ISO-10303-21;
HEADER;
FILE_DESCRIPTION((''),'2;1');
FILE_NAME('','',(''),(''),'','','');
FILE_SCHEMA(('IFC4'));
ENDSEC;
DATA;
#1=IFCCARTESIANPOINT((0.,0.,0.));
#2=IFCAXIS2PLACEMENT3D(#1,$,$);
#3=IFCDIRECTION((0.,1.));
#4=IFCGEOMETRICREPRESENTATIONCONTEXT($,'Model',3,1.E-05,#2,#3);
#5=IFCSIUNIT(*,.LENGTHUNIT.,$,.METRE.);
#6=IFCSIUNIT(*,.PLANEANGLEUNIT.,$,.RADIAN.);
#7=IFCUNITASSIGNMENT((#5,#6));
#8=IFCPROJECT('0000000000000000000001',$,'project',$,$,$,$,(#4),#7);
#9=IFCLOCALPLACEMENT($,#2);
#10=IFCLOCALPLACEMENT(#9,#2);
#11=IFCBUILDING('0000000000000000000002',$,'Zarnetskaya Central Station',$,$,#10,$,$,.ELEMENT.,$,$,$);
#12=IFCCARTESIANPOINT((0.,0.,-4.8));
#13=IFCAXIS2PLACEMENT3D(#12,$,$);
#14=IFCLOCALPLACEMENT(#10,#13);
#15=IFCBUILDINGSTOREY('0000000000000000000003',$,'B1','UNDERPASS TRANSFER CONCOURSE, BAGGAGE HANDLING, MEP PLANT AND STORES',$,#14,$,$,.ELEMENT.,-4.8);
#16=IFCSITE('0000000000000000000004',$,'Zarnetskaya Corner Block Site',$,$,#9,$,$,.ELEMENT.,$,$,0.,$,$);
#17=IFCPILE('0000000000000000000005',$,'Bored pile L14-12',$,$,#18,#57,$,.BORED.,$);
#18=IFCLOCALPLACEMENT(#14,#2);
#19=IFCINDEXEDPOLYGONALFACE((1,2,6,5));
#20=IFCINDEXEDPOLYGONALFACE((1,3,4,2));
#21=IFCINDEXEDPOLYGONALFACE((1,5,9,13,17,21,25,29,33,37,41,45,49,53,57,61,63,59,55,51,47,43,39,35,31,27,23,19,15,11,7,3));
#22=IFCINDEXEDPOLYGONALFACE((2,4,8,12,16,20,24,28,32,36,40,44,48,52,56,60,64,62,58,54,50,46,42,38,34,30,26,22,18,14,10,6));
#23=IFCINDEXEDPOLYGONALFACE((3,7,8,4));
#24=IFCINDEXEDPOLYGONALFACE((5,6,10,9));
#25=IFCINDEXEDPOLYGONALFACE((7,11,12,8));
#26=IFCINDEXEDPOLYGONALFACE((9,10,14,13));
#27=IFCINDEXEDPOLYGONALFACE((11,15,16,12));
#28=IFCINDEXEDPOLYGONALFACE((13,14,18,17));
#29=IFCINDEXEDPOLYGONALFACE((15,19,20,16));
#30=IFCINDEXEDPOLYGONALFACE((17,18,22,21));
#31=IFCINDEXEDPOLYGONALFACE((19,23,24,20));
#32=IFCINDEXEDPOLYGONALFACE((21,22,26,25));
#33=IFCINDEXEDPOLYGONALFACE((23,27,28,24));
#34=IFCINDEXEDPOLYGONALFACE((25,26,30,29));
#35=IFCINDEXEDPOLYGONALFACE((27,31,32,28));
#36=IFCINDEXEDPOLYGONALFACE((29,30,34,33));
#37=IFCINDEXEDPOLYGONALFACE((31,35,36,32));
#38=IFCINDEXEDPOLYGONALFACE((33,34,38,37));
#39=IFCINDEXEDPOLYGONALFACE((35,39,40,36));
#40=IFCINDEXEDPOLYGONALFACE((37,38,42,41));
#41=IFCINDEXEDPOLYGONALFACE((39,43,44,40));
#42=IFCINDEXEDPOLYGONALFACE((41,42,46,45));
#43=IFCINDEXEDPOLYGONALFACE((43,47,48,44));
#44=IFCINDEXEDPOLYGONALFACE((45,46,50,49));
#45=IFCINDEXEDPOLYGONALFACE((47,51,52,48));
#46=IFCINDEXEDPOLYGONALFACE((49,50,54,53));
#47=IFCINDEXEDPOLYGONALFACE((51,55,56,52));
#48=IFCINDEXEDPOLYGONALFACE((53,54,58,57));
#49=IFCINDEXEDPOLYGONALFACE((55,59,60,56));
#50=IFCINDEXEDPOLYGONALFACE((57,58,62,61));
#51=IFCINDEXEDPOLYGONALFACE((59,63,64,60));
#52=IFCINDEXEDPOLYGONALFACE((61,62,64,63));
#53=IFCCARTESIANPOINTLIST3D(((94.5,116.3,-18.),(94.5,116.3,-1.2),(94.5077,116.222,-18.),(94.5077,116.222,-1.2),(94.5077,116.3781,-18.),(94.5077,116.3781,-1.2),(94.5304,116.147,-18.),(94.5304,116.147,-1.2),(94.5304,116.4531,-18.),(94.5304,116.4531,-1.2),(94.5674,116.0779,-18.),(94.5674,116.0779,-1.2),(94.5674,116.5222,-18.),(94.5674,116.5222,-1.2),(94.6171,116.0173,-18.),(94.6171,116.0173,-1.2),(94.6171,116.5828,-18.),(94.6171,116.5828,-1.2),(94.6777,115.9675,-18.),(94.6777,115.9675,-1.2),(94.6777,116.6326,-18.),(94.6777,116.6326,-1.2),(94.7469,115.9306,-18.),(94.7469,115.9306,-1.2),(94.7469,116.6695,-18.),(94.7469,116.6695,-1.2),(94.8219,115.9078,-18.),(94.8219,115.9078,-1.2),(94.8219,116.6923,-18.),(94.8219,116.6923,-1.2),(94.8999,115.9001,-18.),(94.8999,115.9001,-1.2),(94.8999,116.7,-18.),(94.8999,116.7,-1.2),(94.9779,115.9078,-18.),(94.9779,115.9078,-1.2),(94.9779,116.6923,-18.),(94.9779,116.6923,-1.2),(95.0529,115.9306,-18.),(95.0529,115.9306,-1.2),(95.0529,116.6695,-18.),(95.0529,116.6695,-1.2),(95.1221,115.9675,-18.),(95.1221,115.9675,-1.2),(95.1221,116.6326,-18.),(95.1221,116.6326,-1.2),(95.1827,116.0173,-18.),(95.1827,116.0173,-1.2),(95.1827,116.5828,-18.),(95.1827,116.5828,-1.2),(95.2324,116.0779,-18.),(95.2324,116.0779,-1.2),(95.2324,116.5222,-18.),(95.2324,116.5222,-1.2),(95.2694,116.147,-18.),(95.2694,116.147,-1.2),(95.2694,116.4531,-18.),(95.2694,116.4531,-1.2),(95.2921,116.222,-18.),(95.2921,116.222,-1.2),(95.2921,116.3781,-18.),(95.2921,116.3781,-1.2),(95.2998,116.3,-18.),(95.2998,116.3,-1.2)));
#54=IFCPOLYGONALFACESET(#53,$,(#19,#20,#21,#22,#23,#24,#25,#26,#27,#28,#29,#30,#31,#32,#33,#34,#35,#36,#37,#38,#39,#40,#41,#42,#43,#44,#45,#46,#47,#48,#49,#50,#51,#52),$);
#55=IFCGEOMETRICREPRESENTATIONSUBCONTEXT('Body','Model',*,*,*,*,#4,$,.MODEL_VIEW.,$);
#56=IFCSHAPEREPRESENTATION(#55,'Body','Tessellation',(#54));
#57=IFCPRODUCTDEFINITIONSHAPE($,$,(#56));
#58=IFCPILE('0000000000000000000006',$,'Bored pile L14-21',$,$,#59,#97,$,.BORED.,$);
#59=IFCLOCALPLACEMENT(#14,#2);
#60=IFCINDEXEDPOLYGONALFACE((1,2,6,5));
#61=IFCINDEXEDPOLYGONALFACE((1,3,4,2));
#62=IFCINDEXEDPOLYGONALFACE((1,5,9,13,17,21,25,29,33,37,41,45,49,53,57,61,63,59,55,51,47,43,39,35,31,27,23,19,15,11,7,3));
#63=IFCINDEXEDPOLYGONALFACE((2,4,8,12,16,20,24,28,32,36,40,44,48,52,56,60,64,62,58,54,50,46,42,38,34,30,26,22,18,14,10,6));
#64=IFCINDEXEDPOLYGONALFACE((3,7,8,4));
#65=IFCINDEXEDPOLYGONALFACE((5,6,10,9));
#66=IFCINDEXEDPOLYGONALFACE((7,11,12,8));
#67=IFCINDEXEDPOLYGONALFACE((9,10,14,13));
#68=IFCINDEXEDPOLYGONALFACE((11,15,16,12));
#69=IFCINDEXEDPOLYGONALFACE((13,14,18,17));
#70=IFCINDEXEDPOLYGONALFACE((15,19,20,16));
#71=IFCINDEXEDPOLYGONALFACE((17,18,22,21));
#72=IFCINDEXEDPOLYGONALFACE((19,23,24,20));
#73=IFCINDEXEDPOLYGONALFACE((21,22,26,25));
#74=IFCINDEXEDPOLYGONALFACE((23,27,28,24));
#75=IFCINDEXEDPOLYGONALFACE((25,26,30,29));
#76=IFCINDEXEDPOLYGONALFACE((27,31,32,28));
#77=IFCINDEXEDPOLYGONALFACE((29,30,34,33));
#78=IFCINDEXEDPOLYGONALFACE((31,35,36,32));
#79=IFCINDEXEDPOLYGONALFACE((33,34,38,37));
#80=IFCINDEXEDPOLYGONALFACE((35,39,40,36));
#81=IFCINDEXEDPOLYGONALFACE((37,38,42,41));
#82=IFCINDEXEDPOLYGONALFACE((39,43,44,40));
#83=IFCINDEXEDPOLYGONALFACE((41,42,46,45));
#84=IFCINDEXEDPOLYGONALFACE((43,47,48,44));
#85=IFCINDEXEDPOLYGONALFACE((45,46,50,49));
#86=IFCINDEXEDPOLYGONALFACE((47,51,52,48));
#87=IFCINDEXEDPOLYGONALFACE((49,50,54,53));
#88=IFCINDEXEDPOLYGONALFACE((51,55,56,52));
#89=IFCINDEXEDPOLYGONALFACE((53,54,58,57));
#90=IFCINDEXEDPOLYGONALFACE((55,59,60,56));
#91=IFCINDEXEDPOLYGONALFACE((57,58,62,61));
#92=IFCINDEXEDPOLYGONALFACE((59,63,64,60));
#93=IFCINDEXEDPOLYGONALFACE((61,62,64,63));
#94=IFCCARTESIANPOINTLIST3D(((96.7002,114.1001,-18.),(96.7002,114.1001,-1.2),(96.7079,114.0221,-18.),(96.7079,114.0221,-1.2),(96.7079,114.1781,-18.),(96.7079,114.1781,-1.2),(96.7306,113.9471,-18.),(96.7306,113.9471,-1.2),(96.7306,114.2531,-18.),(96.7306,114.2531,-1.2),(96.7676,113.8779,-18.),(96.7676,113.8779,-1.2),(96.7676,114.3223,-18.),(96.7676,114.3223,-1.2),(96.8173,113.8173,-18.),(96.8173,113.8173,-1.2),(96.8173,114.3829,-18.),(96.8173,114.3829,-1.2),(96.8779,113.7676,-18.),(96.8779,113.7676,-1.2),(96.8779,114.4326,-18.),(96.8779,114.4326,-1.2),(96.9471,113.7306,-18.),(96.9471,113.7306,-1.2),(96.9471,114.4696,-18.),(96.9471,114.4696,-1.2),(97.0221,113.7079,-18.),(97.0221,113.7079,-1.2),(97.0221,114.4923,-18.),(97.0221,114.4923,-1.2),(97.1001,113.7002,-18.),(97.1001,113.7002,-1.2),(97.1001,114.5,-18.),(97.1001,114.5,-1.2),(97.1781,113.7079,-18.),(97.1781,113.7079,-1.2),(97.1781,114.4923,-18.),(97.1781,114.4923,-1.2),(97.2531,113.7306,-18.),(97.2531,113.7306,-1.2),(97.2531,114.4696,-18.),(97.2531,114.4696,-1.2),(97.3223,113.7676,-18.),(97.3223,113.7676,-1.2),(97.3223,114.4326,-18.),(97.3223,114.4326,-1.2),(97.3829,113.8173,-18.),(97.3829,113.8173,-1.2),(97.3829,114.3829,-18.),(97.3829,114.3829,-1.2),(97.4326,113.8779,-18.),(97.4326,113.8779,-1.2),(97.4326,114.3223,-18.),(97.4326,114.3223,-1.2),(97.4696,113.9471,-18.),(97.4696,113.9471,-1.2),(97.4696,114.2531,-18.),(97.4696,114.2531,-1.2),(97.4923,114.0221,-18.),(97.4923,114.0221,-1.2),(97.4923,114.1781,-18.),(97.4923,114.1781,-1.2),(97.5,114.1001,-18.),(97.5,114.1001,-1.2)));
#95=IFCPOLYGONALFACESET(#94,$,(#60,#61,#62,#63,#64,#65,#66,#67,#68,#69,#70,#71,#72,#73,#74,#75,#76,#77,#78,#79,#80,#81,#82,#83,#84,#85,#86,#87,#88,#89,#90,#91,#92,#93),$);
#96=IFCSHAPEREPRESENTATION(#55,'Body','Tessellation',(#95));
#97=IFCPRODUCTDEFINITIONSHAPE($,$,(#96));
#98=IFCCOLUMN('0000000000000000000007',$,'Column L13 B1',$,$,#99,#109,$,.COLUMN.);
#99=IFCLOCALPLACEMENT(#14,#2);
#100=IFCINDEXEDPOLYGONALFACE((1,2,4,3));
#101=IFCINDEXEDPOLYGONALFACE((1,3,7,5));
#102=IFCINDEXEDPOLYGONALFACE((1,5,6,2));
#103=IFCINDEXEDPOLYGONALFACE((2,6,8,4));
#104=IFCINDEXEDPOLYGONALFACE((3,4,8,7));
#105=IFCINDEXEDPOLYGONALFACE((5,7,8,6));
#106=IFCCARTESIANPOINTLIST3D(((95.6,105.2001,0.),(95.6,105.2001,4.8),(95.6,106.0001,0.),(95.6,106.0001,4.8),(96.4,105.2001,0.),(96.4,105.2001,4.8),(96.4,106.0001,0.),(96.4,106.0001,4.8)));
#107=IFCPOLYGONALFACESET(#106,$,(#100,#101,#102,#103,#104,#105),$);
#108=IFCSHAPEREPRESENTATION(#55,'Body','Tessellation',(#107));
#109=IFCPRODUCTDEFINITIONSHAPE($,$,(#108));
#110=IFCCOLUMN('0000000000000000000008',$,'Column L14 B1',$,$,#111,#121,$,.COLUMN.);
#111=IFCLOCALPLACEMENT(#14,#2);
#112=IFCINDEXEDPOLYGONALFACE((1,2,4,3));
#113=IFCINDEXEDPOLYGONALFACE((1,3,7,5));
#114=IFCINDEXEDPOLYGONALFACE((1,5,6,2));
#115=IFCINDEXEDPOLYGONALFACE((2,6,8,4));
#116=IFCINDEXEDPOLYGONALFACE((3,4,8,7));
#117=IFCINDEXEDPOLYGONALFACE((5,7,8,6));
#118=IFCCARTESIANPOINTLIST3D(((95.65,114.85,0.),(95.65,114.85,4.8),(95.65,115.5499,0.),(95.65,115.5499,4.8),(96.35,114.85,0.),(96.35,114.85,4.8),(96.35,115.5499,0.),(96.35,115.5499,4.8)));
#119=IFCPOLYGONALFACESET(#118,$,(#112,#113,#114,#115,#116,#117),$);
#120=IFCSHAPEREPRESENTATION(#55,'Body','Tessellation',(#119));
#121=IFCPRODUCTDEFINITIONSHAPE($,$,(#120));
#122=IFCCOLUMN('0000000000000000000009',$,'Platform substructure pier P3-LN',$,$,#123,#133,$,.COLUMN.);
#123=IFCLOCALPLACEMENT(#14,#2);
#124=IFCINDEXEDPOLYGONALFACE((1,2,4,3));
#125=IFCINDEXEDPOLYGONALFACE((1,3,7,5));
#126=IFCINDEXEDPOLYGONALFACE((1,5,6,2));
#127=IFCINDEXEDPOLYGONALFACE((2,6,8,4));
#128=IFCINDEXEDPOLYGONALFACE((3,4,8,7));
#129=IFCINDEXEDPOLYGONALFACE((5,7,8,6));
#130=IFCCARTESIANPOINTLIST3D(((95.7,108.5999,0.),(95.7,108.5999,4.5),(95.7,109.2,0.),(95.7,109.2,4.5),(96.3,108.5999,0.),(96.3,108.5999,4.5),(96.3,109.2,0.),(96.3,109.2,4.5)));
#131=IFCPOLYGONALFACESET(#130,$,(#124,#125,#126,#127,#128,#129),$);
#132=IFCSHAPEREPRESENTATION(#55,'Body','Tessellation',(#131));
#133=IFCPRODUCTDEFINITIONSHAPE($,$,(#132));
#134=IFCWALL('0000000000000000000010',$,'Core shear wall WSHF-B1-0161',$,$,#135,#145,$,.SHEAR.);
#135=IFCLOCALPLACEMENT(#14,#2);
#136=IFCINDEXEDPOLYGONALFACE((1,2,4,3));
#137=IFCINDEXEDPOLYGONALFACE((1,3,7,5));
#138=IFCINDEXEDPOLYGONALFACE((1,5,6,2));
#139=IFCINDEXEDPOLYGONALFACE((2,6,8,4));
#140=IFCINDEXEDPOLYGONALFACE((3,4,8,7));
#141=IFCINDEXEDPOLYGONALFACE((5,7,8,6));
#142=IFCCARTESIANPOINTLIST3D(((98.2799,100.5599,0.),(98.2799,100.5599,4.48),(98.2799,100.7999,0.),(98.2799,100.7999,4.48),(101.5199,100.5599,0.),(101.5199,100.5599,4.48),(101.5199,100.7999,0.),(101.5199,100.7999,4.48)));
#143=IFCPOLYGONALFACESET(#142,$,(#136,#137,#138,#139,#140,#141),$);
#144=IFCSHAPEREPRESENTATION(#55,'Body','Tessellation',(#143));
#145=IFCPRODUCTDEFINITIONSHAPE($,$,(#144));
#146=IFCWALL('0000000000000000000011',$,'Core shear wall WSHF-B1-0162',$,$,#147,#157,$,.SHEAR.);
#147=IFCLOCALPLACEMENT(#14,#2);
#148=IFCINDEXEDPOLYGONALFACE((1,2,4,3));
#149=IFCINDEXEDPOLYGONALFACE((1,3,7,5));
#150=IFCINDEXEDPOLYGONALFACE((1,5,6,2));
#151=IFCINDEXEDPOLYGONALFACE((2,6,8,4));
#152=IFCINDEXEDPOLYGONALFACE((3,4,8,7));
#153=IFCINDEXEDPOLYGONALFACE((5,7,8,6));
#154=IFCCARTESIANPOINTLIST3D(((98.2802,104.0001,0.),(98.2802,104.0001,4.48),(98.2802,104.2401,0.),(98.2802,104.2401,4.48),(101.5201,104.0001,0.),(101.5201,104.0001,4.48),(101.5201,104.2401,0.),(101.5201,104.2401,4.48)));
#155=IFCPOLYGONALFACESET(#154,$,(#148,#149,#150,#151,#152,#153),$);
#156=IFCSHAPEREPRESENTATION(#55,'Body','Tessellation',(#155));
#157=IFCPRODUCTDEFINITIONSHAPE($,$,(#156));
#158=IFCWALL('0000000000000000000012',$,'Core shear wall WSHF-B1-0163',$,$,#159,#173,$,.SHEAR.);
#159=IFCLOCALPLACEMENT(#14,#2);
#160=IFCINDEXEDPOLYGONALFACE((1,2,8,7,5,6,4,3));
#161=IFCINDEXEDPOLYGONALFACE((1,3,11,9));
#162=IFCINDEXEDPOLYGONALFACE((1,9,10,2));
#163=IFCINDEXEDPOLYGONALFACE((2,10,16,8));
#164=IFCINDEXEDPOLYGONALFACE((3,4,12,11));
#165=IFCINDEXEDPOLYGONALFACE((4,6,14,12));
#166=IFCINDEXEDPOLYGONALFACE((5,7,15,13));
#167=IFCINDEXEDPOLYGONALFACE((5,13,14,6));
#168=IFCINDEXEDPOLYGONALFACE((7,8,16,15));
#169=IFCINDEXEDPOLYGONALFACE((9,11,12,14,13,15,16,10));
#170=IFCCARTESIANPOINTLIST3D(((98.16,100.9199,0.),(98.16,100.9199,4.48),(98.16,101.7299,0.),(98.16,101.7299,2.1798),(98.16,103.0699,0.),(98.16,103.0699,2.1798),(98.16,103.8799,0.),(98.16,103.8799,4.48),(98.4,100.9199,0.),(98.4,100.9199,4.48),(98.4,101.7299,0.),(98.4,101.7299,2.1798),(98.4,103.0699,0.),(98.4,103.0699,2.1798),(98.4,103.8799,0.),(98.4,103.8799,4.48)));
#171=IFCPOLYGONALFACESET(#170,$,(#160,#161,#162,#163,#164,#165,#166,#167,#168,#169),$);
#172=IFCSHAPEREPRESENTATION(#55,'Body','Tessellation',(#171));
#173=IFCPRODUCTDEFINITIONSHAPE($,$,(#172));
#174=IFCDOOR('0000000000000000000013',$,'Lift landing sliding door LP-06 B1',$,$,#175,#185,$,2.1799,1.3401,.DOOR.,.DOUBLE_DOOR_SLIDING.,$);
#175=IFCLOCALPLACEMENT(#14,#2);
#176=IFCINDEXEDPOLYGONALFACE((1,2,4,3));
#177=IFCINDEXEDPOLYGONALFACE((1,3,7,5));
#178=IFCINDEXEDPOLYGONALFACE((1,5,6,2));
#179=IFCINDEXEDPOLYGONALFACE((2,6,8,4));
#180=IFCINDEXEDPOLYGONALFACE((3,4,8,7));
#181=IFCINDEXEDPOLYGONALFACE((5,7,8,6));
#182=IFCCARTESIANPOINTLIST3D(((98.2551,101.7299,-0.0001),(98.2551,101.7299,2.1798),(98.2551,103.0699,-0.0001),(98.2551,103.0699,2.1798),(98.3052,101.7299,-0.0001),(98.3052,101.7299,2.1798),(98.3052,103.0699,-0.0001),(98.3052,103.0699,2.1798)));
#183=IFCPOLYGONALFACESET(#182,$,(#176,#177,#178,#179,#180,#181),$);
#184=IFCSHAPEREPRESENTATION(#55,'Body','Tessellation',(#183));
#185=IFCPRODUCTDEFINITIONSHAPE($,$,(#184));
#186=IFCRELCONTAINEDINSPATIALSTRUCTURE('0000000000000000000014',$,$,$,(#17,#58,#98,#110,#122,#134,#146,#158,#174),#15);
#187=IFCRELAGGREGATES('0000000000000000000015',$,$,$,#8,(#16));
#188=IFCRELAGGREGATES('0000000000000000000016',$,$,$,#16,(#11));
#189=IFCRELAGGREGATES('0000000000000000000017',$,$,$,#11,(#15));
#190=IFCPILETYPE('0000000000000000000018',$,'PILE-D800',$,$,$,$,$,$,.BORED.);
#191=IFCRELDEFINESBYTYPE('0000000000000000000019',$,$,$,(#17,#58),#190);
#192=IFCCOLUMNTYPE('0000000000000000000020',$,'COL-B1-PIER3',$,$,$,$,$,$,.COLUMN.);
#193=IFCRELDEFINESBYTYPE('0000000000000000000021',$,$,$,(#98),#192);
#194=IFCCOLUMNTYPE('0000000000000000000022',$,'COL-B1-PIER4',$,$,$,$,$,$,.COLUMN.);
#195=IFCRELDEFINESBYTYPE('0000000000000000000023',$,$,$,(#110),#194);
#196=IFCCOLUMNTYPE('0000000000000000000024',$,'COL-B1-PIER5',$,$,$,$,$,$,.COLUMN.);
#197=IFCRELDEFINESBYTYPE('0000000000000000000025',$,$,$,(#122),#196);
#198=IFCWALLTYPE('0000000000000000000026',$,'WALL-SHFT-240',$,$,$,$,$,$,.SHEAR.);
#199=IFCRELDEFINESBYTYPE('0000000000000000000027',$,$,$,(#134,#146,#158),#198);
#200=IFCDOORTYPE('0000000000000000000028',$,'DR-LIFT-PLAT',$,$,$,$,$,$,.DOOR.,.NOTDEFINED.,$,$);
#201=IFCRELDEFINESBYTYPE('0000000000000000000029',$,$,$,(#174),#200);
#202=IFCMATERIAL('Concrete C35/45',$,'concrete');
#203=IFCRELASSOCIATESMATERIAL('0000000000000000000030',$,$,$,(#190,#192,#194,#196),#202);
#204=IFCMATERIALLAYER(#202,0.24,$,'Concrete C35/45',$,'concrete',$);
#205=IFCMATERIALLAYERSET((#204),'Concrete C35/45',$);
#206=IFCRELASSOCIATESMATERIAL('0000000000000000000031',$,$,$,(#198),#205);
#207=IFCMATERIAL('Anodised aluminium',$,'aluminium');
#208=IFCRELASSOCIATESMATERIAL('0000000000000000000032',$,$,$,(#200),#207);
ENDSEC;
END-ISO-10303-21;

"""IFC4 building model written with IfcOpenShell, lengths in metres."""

from ifc_helpers import new_model, si_unit, direction, frame, frame_2d, origin, origin_2d, place, context, subcontext, project, spatial, rectangle, circle, extrude, material, layer, layer_set, material_profile, profile_set, type_object, element, fill, save


model = new_model("IFC4")

# Units and contexts
model_context = context("Model", 3, precision=1e-05, world=origin(), true_north=direction((0.0, 1.0)))
body_context = subcontext(model_context, "Body", "Model", "MODEL_VIEW")
ifc_project = project(units=[si_unit("LENGTHUNIT", "METRE"), si_unit("PLANEANGLEUNIT", "RADIAN")], contexts=[model_context])

# Site, building, storey
site_placement = place(None, origin())
site = spatial("IfcSite", under=ifc_project, at=site_placement, Name="Zarnetskaya Corner Block Site", CompositionType="ELEMENT", RefElevation=0.0)
building_placement = place(site_placement, origin())
building = spatial("IfcBuilding", under=site, at=building_placement, Name="Zarnetskaya Central Station", CompositionType="ELEMENT")
storey_placement = place(building_placement, frame((0.0, 0.0, -4.8)))
storey = spatial("IfcBuildingStorey", under=building, at=storey_placement, Name="B1", Description="UNDERPASS TRANSFER CONCOURSE, BAGGAGE HANDLING, MEP PLANT AND STORES", CompositionType="ELEMENT", Elevation=-4.8)

# Shared definitions
ifc_material_1 = material(Name="Concrete C35/45", Category="concrete")

# Piles
ifc_material_profile_1 = material_profile(ifc_material_1, circle(Radius=0.3999, at=origin_2d()), Name="BORED PILE D800")
ifc_profile_set_1 = profile_set([ifc_material_profile_1], Name="Concrete C35/45")
pile_type_1 = type_object("IfcPileType", Name="PILE-D800", PredefinedType="BORED", material=ifc_profile_set_1)
for number, where, z_axis, x_axis, name in (
    (1, (94.8999, 116.3, -1.2), (0.0, 0.0, -1.0), (1.0, 0.0, 0.0), "Bored pile L14-12"),
    (2, (97.1001, 114.1001, -1.2), (0.0, 0.0, -1.0), (1.0, 0.0, 0.0), "Bored pile L14-21"),
):
    element("IfcPile", number, at=place(storey_placement, frame(where, z_axis=z_axis, x_axis=x_axis)), inside=storey, type_object=pile_type_1, Name=name, PredefinedType="BORED", context=body_context, shape_type="SweptSolid", body=[
        extrude(circle(Radius=0.3999, at=origin_2d()), origin(), (0.0, 0.0, 1.0), 16.8),
    ])

# Columns
ifc_material_profile_2 = material_profile(ifc_material_1, rectangle(XDim=0.8, YDim=0.8, at=origin_2d()), Name="RC 800x800")
ifc_profile_set_2 = profile_set([ifc_material_profile_2], Name="Concrete C35/45")
column_type_1 = type_object("IfcColumnType", Name="COL-B1-PIER3", PredefinedType="COLUMN", material=ifc_profile_set_2)
column_1_placement = place(storey_placement, frame((96.0, 105.6001, 0.0), z_axis=(0.0, 0.0, 1.0), x_axis=(1.0, 0.0, 0.0)))
element("IfcColumn", 3, at=column_1_placement, inside=storey, type_object=column_type_1, Name="Column L13 B1", PredefinedType="COLUMN", context=body_context, shape_type="SweptSolid", body=[
    extrude(rectangle(XDim=0.8, YDim=0.8, at=origin_2d()), origin(), (0.0, 0.0, 1.0), 4.8),
])
ifc_material_profile_3 = material_profile(ifc_material_1, rectangle(XDim=0.7, YDim=0.7, at=origin_2d()), Name="RC 700x700")
ifc_profile_set_3 = profile_set([ifc_material_profile_3], Name="Concrete C35/45")
column_type_2 = type_object("IfcColumnType", Name="COL-B1-PIER4", PredefinedType="COLUMN", material=ifc_profile_set_3)
column_2_placement = place(storey_placement, frame((96.0, 115.2, 0.0), z_axis=(0.0, 0.0, 1.0), x_axis=(1.0, 0.0, 0.0)))
element("IfcColumn", 4, at=column_2_placement, inside=storey, type_object=column_type_2, Name="Column L14 B1", PredefinedType="COLUMN", context=body_context, shape_type="SweptSolid", body=[
    extrude(rectangle(XDim=0.7, YDim=0.7, at=origin_2d()), origin(), (0.0, 0.0, 1.0), 4.8),
])
ifc_material_profile_4 = material_profile(ifc_material_1, rectangle(XDim=0.6001, YDim=0.6001, at=origin_2d()), Name="RC 600x600")
ifc_profile_set_4 = profile_set([ifc_material_profile_4], Name="Concrete C35/45")
column_type_3 = type_object("IfcColumnType", Name="COL-B1-PIER5", PredefinedType="COLUMN", material=ifc_profile_set_4)
column_3_placement = place(storey_placement, frame((96.0, 108.8999, 0.0), z_axis=(0.0, 0.0, 1.0), x_axis=(1.0, 0.0, 0.0)))
element("IfcColumn", 5, at=column_3_placement, inside=storey, type_object=column_type_3, Name="Platform substructure pier P3-LN", PredefinedType="COLUMN", context=body_context, shape_type="SweptSolid", body=[
    extrude(rectangle(XDim=0.6001, YDim=0.6001, at=origin_2d()), origin(), (0.0, 0.0, 1.0), 4.5),
])

# Walls
ifc_layer = layer(ifc_material_1, 0.24, Name="Concrete C35/45", Category="concrete")
ifc_layer_set = layer_set([ifc_layer], Name="Concrete C35/45")
wall_type = type_object("IfcWallType", Name="WALL-SHFT-240", PredefinedType="SHEAR", material=ifc_layer_set)
for number, where, z_axis, x_axis, name in (
    (6, (101.52, 100.6799, 0.0), (0.0, 0.0, 1.0), (-1.0, 0.0, 0.0), "Core shear wall WSHF-B1-0161"),
    (7, (98.28, 104.1201, 0.0), (0.0, 0.0, 1.0), (1.0, 0.0, 0.0), "Core shear wall WSHF-B1-0162"),
):
    element("IfcWall", number, at=place(storey_placement, frame(where, z_axis=z_axis, x_axis=x_axis)), inside=storey, type_object=wall_type, Name=name, PredefinedType="SHEAR", context=body_context, shape_type="SweptSolid", body=[
        extrude(rectangle(XDim=3.24, YDim=0.24, at=frame_2d((1.6201, 0.0))), origin(), (0.0, 0.0, 1.0), 4.48),
    ])

# Wall, opening, door
wall_1_placement = place(storey_placement, frame((98.28, 100.9199, 0.0), z_axis=(0.0, 0.0, 1.0), x_axis=(0.0, 1.0, 0.0)))
wall_1 = element("IfcWall", 8, at=wall_1_placement, inside=storey, type_object=wall_type, Name="Core shear wall WSHF-B1-0163", PredefinedType="SHEAR", context=body_context, shape_type="SweptSolid", body=[
    extrude(rectangle(XDim=2.96, YDim=0.24, at=frame_2d((1.48, 0.0))), origin(), (0.0, 0.0, 1.0), 4.48),
])
opening_1_placement = place(wall_1_placement, frame((0.8101, 0.0, 0.0)))
opening_1 = element("IfcOpeningElement", 9, at=opening_1_placement, cuts=wall_1, PredefinedType="OPENING", context=body_context, shape_type="SweptSolid", body=[
    extrude(rectangle(XDim=1.3401, YDim=2.1799, at=frame_2d((0.6699, 1.0898))), frame((0.0, 0.1299, 0.0), z_axis=(0.0, -1.0, 0.0), x_axis=(1.0, 0.0, 0.0)), (0.0, 0.0, 1.0), 0.26),
])
ifc_material_2 = material(Name="Anodised aluminium", Category="aluminium")
door_type_1 = type_object("IfcDoorType", Name="DR-LIFT-PLAT", OperationType="NOTDEFINED", PredefinedType="DOOR", material=ifc_material_2)
door_1_placement = place(opening_1_placement, origin())
door_1 = element("IfcDoor", 10, at=door_1_placement, inside=storey, type_object=door_type_1, Name="Lift landing sliding door LP-06 B1", OperationType="DOUBLE_DOOR_SLIDING", OverallHeight=2.1799, OverallWidth=1.3401, PredefinedType="DOOR", context=body_context, shape_type="SweptSolid", body=[
    extrude(rectangle(XDim=1.3401, YDim=2.1799, at=frame_2d((0.6699, 1.0898))), frame((0.0, 0.0249, 0.0), z_axis=(0.0, -1.0, 0.0), x_axis=(1.0, 0.0, 0.0)), (0.0, 0.0, 1.0), 0.05),
])
fill(opening_1, door_1)

save(model, "model.ifc")
